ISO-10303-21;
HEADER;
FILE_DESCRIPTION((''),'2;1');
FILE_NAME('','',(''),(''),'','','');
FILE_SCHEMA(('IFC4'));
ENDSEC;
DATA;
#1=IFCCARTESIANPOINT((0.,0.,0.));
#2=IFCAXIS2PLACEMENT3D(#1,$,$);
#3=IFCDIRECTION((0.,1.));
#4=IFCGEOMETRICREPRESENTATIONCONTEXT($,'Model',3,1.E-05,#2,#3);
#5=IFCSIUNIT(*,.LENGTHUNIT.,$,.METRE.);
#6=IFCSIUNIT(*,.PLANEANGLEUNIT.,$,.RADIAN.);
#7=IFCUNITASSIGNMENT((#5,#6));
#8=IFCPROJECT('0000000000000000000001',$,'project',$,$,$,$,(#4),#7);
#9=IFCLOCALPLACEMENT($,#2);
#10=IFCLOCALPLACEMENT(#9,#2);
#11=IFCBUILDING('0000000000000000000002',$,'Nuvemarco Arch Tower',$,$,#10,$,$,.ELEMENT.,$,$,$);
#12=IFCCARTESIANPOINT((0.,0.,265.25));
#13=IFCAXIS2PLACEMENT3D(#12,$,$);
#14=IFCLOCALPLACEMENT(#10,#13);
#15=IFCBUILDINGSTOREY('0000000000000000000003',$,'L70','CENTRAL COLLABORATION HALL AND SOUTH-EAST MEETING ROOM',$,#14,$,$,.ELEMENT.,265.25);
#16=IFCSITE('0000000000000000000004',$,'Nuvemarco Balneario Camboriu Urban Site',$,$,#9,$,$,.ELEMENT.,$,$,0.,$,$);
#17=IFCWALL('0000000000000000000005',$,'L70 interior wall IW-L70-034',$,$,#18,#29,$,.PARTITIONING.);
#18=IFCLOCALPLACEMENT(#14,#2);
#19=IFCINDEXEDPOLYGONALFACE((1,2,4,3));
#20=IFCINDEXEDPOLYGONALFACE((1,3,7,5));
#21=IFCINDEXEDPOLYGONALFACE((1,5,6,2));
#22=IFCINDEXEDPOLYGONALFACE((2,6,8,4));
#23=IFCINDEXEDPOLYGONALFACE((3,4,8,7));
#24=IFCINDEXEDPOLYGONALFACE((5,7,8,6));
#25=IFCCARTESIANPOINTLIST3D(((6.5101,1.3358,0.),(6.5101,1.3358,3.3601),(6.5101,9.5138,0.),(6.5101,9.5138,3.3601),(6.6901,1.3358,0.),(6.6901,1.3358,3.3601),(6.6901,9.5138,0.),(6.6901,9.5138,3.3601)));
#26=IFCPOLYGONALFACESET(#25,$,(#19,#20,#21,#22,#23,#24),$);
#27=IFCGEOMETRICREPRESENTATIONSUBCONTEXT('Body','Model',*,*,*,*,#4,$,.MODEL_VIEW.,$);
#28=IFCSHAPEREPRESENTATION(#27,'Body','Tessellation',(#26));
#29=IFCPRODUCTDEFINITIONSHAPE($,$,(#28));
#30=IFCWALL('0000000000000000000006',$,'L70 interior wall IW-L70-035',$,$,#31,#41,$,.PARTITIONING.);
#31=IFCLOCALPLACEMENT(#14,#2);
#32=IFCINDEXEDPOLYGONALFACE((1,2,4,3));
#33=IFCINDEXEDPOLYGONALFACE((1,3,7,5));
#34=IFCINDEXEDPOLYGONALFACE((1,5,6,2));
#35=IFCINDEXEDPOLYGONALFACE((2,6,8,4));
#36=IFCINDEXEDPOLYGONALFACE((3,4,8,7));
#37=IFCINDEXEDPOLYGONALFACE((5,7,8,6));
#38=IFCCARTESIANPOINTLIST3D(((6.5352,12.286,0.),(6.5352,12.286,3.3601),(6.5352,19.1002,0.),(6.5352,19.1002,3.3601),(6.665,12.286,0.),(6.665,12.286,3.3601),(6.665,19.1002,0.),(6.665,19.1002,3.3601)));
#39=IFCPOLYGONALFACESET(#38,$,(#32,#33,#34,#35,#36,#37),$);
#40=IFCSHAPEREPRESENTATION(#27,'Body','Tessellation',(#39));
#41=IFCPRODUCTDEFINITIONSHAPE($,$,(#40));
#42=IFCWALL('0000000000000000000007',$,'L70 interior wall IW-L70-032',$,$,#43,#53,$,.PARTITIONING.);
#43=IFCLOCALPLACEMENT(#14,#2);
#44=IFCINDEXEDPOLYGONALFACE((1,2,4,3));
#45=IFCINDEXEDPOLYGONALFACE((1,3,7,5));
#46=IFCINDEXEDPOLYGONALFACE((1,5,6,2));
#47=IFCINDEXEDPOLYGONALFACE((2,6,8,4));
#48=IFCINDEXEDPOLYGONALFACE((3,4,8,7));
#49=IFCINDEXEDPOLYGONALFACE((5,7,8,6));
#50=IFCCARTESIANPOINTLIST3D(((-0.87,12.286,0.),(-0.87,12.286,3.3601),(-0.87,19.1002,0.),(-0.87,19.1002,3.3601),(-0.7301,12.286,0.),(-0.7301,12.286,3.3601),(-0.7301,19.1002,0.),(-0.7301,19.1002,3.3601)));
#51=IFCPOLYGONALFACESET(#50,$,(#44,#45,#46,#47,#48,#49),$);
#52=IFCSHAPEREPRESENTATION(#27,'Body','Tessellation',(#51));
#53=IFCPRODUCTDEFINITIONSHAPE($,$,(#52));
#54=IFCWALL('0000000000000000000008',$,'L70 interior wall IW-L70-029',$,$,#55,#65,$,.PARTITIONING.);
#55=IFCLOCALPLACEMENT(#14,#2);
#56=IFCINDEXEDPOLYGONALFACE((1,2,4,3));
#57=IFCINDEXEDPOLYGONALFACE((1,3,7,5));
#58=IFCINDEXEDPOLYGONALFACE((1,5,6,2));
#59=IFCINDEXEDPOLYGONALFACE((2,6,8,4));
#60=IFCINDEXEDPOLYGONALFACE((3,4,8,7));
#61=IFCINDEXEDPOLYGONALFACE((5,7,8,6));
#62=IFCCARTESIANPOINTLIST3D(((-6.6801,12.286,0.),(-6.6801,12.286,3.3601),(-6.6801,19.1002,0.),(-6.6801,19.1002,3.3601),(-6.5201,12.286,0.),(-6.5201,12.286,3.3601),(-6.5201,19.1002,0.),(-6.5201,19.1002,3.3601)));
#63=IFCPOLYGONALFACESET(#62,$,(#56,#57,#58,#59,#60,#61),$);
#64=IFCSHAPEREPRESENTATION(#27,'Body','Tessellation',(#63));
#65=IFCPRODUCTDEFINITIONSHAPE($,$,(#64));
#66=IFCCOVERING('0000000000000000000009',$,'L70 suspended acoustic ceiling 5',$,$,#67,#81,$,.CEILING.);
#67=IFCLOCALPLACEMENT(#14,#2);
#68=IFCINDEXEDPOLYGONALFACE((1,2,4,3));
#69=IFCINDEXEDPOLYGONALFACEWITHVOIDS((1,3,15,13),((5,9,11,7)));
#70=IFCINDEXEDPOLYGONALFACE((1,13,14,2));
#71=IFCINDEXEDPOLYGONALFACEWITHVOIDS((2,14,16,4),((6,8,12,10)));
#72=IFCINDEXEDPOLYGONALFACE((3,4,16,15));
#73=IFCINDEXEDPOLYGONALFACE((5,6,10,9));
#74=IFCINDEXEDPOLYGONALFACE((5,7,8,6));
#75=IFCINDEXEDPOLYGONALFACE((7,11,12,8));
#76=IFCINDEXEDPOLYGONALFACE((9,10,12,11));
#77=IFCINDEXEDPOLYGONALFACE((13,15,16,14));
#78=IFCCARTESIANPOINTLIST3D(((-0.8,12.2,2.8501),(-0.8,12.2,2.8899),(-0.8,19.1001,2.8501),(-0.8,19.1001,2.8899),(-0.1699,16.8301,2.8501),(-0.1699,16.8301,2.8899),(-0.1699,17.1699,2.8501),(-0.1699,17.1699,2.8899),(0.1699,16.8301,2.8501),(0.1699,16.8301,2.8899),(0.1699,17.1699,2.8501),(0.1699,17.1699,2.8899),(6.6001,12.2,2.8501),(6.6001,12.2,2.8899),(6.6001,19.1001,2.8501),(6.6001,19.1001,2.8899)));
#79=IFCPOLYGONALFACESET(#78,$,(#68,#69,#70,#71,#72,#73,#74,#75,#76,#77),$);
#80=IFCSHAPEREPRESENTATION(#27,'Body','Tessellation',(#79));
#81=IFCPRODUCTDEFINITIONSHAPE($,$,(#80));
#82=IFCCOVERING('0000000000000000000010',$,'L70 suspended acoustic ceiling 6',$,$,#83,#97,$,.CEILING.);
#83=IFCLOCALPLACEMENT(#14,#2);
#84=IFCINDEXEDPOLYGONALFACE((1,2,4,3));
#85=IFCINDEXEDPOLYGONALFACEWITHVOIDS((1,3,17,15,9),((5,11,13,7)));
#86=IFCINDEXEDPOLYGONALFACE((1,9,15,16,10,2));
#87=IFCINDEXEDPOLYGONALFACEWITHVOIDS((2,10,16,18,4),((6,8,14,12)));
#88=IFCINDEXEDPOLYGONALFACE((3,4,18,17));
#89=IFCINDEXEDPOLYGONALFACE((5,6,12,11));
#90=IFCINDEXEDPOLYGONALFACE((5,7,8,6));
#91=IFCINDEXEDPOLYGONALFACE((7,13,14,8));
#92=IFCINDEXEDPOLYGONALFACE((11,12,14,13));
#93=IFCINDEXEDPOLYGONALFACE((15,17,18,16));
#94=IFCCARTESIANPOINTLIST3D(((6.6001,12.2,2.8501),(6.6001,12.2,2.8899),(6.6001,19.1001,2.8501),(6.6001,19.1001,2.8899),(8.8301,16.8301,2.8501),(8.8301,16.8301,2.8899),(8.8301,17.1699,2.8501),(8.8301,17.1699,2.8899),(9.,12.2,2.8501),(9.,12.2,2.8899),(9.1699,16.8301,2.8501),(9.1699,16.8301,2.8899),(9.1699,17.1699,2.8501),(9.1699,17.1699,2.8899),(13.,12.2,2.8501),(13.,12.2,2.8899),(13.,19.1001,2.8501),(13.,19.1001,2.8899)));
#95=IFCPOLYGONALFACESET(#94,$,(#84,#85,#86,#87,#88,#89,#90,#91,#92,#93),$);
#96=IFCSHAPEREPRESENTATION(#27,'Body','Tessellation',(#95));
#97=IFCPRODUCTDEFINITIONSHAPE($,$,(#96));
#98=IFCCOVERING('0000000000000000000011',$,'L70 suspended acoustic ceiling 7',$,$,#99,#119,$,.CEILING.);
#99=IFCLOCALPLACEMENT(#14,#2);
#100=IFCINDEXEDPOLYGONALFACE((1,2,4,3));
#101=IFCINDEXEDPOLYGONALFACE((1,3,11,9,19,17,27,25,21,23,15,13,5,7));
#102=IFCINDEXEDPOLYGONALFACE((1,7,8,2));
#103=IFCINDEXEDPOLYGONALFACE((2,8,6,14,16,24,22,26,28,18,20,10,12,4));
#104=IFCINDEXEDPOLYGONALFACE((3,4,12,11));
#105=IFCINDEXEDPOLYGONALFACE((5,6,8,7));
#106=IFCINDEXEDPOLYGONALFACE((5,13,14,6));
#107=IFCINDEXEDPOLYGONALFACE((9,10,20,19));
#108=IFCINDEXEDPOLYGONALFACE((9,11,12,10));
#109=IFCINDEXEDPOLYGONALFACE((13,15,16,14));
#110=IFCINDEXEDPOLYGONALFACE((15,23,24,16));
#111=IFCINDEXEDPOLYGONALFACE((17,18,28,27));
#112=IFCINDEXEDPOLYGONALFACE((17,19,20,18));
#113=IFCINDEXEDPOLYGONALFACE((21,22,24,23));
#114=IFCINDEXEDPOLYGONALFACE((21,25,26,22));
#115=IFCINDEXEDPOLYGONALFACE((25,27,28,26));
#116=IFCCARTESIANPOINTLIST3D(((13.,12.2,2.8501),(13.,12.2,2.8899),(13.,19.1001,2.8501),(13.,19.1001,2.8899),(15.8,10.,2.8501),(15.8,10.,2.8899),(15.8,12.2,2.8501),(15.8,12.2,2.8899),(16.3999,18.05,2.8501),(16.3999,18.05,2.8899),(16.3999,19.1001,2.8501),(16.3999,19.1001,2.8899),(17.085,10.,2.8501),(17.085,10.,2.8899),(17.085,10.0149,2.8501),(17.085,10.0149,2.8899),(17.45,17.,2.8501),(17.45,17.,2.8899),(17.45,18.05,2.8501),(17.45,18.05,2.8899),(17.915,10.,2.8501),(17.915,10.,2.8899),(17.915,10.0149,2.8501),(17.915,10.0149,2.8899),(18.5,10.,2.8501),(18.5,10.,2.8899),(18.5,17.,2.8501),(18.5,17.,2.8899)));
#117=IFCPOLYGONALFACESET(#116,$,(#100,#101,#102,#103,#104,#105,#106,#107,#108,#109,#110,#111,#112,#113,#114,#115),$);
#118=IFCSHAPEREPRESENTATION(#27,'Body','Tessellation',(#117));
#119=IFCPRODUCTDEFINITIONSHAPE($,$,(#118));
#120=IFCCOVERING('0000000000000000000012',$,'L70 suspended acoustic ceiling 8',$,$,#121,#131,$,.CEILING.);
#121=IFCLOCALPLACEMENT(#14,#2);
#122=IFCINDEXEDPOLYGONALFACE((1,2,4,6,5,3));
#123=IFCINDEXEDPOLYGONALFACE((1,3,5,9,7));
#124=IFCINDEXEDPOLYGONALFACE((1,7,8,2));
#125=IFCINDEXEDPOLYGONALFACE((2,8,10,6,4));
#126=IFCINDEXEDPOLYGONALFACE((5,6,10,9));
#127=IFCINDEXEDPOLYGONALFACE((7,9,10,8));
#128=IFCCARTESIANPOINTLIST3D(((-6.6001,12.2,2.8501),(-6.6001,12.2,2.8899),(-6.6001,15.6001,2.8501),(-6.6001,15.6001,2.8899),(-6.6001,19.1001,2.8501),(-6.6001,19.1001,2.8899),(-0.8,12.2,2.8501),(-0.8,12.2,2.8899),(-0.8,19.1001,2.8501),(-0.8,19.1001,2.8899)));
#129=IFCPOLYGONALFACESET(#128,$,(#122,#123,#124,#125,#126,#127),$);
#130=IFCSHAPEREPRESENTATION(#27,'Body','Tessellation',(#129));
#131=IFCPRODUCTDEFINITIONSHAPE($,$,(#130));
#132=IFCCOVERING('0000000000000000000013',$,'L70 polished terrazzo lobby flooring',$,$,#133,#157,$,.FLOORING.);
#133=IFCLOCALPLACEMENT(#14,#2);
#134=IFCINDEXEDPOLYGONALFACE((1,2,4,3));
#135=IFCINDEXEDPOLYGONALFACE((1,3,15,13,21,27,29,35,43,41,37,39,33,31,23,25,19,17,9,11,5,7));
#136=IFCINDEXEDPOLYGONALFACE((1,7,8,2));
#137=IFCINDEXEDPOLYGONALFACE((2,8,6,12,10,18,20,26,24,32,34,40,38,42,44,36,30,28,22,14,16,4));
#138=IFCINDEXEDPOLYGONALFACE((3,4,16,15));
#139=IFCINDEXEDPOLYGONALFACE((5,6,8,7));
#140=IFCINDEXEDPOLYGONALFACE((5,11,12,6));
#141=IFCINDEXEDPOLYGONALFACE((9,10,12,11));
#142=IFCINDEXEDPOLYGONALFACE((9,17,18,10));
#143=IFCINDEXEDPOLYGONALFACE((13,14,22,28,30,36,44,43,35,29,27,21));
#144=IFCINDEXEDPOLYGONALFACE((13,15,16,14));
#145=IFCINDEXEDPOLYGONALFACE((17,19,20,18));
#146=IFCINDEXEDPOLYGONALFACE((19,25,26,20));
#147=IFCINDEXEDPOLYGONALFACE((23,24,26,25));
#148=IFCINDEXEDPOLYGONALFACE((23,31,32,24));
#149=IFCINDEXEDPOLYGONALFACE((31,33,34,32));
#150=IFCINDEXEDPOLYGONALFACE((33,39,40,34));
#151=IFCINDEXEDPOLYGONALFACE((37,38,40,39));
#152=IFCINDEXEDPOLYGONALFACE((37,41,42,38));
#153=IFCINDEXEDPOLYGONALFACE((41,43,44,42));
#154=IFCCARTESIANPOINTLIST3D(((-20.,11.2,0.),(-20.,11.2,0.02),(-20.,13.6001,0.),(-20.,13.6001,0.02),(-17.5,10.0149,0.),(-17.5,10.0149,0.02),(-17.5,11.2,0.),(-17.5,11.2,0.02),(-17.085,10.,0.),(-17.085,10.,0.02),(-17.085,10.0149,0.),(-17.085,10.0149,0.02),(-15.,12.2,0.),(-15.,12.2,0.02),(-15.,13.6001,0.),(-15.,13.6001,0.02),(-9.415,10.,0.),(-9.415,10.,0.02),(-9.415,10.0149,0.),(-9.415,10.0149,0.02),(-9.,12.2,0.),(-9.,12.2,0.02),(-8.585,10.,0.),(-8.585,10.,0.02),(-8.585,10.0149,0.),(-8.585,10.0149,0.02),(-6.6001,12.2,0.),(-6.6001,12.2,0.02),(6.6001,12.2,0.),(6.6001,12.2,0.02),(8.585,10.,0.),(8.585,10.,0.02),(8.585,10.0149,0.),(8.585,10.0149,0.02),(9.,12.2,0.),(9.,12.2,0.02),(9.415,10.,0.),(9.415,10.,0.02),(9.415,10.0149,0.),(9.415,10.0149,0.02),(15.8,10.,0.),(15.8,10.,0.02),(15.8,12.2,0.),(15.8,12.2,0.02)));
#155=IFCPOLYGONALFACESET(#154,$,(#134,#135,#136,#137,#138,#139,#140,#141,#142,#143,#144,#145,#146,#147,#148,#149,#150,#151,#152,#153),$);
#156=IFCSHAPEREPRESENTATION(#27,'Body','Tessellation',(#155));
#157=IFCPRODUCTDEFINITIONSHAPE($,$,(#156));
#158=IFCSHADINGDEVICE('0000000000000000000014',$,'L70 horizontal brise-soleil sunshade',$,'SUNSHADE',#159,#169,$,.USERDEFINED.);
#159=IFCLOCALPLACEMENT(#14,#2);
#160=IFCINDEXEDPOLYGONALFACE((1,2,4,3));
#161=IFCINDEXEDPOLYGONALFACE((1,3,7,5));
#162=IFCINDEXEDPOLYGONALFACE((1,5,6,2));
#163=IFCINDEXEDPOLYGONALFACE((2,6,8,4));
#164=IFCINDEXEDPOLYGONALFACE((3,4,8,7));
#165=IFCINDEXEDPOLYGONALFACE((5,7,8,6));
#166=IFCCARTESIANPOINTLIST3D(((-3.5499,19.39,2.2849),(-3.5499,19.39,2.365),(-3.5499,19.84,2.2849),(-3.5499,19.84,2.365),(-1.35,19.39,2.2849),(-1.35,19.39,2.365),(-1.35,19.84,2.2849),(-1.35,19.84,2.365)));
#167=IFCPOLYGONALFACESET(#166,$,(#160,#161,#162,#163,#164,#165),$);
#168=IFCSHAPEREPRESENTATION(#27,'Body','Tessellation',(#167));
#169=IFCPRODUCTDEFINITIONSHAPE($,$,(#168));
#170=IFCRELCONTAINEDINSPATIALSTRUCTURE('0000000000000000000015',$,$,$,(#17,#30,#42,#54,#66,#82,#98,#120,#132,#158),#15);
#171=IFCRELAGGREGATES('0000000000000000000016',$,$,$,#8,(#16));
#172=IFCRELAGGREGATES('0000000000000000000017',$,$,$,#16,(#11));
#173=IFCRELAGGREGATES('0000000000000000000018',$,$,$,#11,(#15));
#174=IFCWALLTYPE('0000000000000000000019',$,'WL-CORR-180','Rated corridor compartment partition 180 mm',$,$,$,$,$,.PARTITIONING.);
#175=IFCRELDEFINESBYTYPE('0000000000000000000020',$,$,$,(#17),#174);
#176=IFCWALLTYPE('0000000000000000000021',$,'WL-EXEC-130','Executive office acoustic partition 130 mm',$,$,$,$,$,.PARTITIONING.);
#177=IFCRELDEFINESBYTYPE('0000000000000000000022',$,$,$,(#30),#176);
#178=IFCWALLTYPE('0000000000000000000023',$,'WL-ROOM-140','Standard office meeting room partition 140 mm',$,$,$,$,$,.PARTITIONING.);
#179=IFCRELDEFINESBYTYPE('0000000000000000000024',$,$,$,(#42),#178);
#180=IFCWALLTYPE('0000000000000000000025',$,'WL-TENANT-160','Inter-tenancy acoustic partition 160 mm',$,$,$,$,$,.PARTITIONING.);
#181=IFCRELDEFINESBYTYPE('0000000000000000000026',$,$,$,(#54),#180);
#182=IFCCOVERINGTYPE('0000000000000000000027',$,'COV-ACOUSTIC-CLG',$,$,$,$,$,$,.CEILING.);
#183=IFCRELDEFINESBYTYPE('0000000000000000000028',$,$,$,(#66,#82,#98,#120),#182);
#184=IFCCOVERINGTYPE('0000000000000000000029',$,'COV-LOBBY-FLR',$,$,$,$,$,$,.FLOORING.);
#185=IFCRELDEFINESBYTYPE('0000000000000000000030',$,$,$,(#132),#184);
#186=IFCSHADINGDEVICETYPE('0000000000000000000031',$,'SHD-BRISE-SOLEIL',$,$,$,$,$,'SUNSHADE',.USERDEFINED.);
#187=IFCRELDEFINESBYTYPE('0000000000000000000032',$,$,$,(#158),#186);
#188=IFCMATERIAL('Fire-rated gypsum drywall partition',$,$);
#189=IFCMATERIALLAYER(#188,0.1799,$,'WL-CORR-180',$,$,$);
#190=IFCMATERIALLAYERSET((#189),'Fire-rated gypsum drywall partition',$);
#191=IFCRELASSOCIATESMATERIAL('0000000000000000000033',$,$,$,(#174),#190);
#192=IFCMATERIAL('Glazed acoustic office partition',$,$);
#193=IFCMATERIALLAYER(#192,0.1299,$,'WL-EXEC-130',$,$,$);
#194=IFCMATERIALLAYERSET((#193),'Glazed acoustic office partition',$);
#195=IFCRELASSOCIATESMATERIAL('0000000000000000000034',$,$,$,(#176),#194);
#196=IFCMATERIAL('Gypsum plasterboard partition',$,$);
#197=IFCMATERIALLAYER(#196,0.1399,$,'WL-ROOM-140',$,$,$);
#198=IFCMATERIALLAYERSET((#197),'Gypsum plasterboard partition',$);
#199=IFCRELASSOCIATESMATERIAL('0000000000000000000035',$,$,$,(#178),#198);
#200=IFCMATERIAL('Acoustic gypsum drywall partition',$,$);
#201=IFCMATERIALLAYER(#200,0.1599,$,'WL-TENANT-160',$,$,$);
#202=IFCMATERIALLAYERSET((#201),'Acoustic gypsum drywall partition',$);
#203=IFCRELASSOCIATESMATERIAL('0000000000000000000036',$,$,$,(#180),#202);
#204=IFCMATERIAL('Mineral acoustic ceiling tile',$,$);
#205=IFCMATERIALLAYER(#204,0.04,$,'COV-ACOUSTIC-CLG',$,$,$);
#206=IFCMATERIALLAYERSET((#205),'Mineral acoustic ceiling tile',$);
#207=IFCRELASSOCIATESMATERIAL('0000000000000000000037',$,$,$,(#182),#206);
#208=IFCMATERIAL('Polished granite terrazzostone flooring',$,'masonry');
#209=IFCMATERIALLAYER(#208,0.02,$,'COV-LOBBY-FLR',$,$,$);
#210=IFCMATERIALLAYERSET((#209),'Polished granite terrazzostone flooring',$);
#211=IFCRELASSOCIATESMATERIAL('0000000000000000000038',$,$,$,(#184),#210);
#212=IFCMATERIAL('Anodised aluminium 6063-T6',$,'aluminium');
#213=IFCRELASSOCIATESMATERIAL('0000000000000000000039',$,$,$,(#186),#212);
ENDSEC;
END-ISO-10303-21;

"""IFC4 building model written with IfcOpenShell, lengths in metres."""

from ifc_helpers import new_model, si_unit, direction, frame, frame_2d, origin, origin_2d, place, context, subcontext, project, spatial, polyline, rectangle, outline, extrude, source, transform, mapped, material, layer, layer_set, type_object, type_shapes, element, save


model = new_model("IFC4")

# Units and contexts
model_context = context("Model", 3, precision=1e-05, world=origin(), true_north=direction((0.0, 1.0)))
body_context = subcontext(model_context, "Body", "Model", "MODEL_VIEW")
ifc_project = project(units=[si_unit("LENGTHUNIT", "METRE"), si_unit("PLANEANGLEUNIT", "RADIAN")], contexts=[model_context])

# Site, building, storey
site_placement = place(None, origin())
site = spatial("IfcSite", under=ifc_project, at=site_placement, Name="Nuvemarco Balneario Camboriu Urban Site", CompositionType="ELEMENT", RefElevation=0.0)
building_placement = place(site_placement, origin())
building = spatial("IfcBuilding", under=site, at=building_placement, Name="Nuvemarco Arch Tower", CompositionType="ELEMENT")
storey_placement = place(building_placement, frame((0.0, 0.0, 265.25)))
storey = spatial("IfcBuildingStorey", under=building, at=storey_placement, Name="L70", Description="CENTRAL COLLABORATION HALL AND SOUTH-EAST MEETING ROOM", CompositionType="ELEMENT", Elevation=265.25)

# Shared definitions
ifc_material_1 = material(Name="Fire-rated gypsum drywall partition")
ifc_layer_1 = layer(ifc_material_1, 0.1799, Name="WL-CORR-180")
ifc_layer_set_1 = layer_set([ifc_layer_1], Name="Fire-rated gypsum drywall partition")
wall_type_1 = type_object("IfcWallType", Name="WL-CORR-180", Description="Rated corridor compartment partition 180 mm", PredefinedType="PARTITIONING", material=ifc_layer_set_1)

# Walls
wall_1_placement = place(storey_placement, frame((6.6001, 1.3359, 0.0), z_axis=(0.0, 0.0, 1.0), x_axis=(0.0, 1.0, 0.0)))
element("IfcWall", 1, at=wall_1_placement, inside=storey, type_object=wall_type_1, Name="L70 interior wall IW-L70-034", PredefinedType="PARTITIONING", context=body_context, shape_type="SweptSolid", body=[
    extrude(rectangle(XDim=8.178, YDim=0.1799, at=frame_2d((4.0889, 0.0))), origin(), (0.0, 0.0, 1.0), 3.3601),
])
ifc_material_2 = material(Name="Glazed acoustic office partition")
ifc_layer_2 = layer(ifc_material_2, 0.1299, Name="WL-EXEC-130")
ifc_layer_set_2 = layer_set([ifc_layer_2], Name="Glazed acoustic office partition")
wall_type_2 = type_object("IfcWallType", Name="WL-EXEC-130", Description="Executive office acoustic partition 130 mm", PredefinedType="PARTITIONING", material=ifc_layer_set_2)
wall_2_placement = place(storey_placement, frame((6.6001, 12.2859, 0.0), z_axis=(0.0, 0.0, 1.0), x_axis=(0.0, 1.0, 0.0)))
element("IfcWall", 2, at=wall_2_placement, inside=storey, type_object=wall_type_2, Name="L70 interior wall IW-L70-035", PredefinedType="PARTITIONING", context=body_context, shape_type="SweptSolid", body=[
    extrude(rectangle(XDim=6.8142, YDim=0.1299, at=frame_2d((3.4072, 0.0))), origin(), (0.0, 0.0, 1.0), 3.3601),
])
ifc_material_3 = material(Name="Gypsum plasterboard partition")
ifc_layer_3 = layer(ifc_material_3, 0.1399, Name="WL-ROOM-140")
ifc_layer_set_3 = layer_set([ifc_layer_3], Name="Gypsum plasterboard partition")
wall_type_3 = type_object("IfcWallType", Name="WL-ROOM-140", Description="Standard office meeting room partition 140 mm", PredefinedType="PARTITIONING", material=ifc_layer_set_3)
wall_3_placement = place(storey_placement, frame((-0.8, 12.2859, 0.0), z_axis=(0.0, 0.0, 1.0), x_axis=(0.0, 1.0, 0.0)))
element("IfcWall", 3, at=wall_3_placement, inside=storey, type_object=wall_type_3, Name="L70 interior wall IW-L70-032", PredefinedType="PARTITIONING", context=body_context, shape_type="SweptSolid", body=[
    extrude(rectangle(XDim=6.8142, YDim=0.1399, at=frame_2d((3.4072, 0.0))), origin(), (0.0, 0.0, 1.0), 3.3601),
])
ifc_material_4 = material(Name="Acoustic gypsum drywall partition")
ifc_layer_4 = layer(ifc_material_4, 0.1599, Name="WL-TENANT-160")
ifc_layer_set_4 = layer_set([ifc_layer_4], Name="Acoustic gypsum drywall partition")
wall_type_4 = type_object("IfcWallType", Name="WL-TENANT-160", Description="Inter-tenancy acoustic partition 160 mm", PredefinedType="PARTITIONING", material=ifc_layer_set_4)
wall_4_placement = place(storey_placement, frame((-6.6001, 12.2859, 0.0), z_axis=(0.0, 0.0, 1.0), x_axis=(0.0, 1.0, 0.0)))
element("IfcWall", 4, at=wall_4_placement, inside=storey, type_object=wall_type_4, Name="L70 interior wall IW-L70-029", PredefinedType="PARTITIONING", context=body_context, shape_type="SweptSolid", body=[
    extrude(rectangle(XDim=6.8142, YDim=0.1599, at=frame_2d((3.4072, 0.0))), origin(), (0.0, 0.0, 1.0), 3.3601),
])

# Coverings
ifc_material_5 = material(Name="Mineral acoustic ceiling tile")
ifc_layer_5 = layer(ifc_material_5, 0.04, Name="COV-ACOUSTIC-CLG")
ifc_layer_set_5 = layer_set([ifc_layer_5], Name="Mineral acoustic ceiling tile")
covering_type_1 = type_object("IfcCoveringType", Name="COV-ACOUSTIC-CLG", PredefinedType="CEILING", material=ifc_layer_set_5)
covering_1_placement = place(storey_placement, frame((0.0, 0.0, 2.8501)))
element("IfcCovering", 5, at=covering_1_placement, inside=storey, type_object=covering_type_1, Name="L70 suspended acoustic ceiling 5", PredefinedType="CEILING", context=body_context, shape_type="SweptSolid", body=[
    extrude(outline(polyline([(-0.8, 12.2), (-0.8, 19.1001), (6.6001, 19.1001), (6.6001, 12.2), (-0.8, 12.2)]), holes=[polyline([(0.1699, 16.8301), (0.1699, 17.1699), (-0.1699, 17.1699), (-0.1699, 16.8301), (0.1699, 16.8301)])]), origin(), (0.0, 0.0, 1.0), 0.0398),
])
covering_2_placement = place(storey_placement, frame((0.0, 0.0, 2.8501)))
element("IfcCovering", 6, at=covering_2_placement, inside=storey, type_object=covering_type_1, Name="L70 suspended acoustic ceiling 6", PredefinedType="CEILING", context=body_context, shape_type="SweptSolid", body=[
    extrude(outline(polyline([(13.0, 12.2), (9.0, 12.2), (6.6001, 12.2), (6.6001, 19.1001), (13.0, 19.1001), (13.0, 12.2)]), holes=[polyline([(9.1699, 17.1699), (8.8301, 17.1699), (8.8301, 16.8301), (9.1699, 16.8301), (9.1699, 17.1699)])]), origin(), (0.0, 0.0, 1.0), 0.0398),
])
covering_3_placement = place(storey_placement, frame((0.0, 0.0, 2.8501)))
element("IfcCovering", 7, at=covering_3_placement, inside=storey, type_object=covering_type_1, Name="L70 suspended acoustic ceiling 7", PredefinedType="CEILING", context=body_context, shape_type="SweptSolid", body=[
    extrude(outline(polyline([(18.5, 17.0), (18.5, 10.0), (17.915, 10.0), (17.915, 10.0149), (17.085, 10.0149), (17.085, 10.0), (15.8, 10.0), (15.8, 12.2), (13.0, 12.2), (13.0, 19.1001), (16.3999, 19.1001), (16.3999, 18.05), (17.45, 18.05), (17.45, 17.0), (18.5, 17.0)])), origin(), (0.0, 0.0, 1.0), 0.0398),
])
covering_4_placement = place(storey_placement, frame((0.0, 0.0, 2.8501)))
element("IfcCovering", 8, at=covering_4_placement, inside=storey, type_object=covering_type_1, Name="L70 suspended acoustic ceiling 8", PredefinedType="CEILING", context=body_context, shape_type="SweptSolid", body=[
    extrude(outline(polyline([(-0.8, 12.2), (-6.6001, 12.2), (-6.6001, 15.6001), (-6.6001, 19.1001), (-0.8, 19.1001), (-0.8, 12.2)])), origin(), (0.0, 0.0, 1.0), 0.0398),
])
ifc_material_6 = material(Name="Polished granite terrazzostone flooring", Category="masonry")
ifc_layer_6 = layer(ifc_material_6, 0.02, Name="COV-LOBBY-FLR")
ifc_layer_set_6 = layer_set([ifc_layer_6], Name="Polished granite terrazzostone flooring")
covering_type_2 = type_object("IfcCoveringType", Name="COV-LOBBY-FLR", PredefinedType="FLOORING", material=ifc_layer_set_6)
covering_5_placement = place(storey_placement, origin())
element("IfcCovering", 9, at=covering_5_placement, inside=storey, type_object=covering_type_2, Name="L70 polished terrazzo lobby flooring", PredefinedType="FLOORING", context=body_context, shape_type="SweptSolid", body=[
    extrude(outline(polyline([(-8.585, 10.0149), (-9.415, 10.0149), (-9.415, 10.0), (-17.085, 10.0), (-17.085, 10.0149), (-17.5, 10.0149), (-17.5, 11.2), (-20.0, 11.2), (-20.0, 13.6001), (-15.0, 13.6001), (-15.0, 12.2), (-9.0, 12.2), (-6.6001, 12.2), (6.6001, 12.2), (9.0, 12.2), (15.8, 12.2), (15.8, 10.0), (9.415, 10.0), (9.415, 10.0149), (8.585, 10.0149), (8.585, 10.0), (-8.585, 10.0), (-8.585, 10.0149)])), origin(), (0.0, 0.0, 1.0), 0.02),
])

# Shading device
ifc_material_7 = material(Name="Anodised aluminium 6063-T6", Category="aluminium")
shading_device_type = type_object("IfcShadingDeviceType", Name="SHD-BRISE-SOLEIL", ElementType="SUNSHADE", PredefinedType="USERDEFINED", material=ifc_material_7)
shared_shape_1 = source(origin(), body_context, "Body", "SweptSolid", [
    extrude(rectangle(XDim=2.2, YDim=0.45, at=origin_2d()), origin(), (0.0, 0.0, 1.0), 0.0801),
])
type_shapes(shading_device_type, [shared_shape_1])
for number, where, z_axis, x_axis, name in (
    (10, (-2.45, 19.615, 2.2849), (0.0, 0.0, 1.0), (1.0, 0.0, 0.0), "L70 horizontal brise-soleil sunshade"),
):
    element("IfcShadingDevice", number, at=place(storey_placement, frame(where, z_axis=z_axis, x_axis=x_axis)), inside=storey, type_object=shading_device_type, Name=name, ObjectType="SUNSHADE", PredefinedType="USERDEFINED", context=body_context, shape_type="MappedRepresentation", body=[
        mapped(shared_shape_1, transform((0.0, 0.0, 0.0), scale=1.0)),
    ])

save(model, "model.ifc")
